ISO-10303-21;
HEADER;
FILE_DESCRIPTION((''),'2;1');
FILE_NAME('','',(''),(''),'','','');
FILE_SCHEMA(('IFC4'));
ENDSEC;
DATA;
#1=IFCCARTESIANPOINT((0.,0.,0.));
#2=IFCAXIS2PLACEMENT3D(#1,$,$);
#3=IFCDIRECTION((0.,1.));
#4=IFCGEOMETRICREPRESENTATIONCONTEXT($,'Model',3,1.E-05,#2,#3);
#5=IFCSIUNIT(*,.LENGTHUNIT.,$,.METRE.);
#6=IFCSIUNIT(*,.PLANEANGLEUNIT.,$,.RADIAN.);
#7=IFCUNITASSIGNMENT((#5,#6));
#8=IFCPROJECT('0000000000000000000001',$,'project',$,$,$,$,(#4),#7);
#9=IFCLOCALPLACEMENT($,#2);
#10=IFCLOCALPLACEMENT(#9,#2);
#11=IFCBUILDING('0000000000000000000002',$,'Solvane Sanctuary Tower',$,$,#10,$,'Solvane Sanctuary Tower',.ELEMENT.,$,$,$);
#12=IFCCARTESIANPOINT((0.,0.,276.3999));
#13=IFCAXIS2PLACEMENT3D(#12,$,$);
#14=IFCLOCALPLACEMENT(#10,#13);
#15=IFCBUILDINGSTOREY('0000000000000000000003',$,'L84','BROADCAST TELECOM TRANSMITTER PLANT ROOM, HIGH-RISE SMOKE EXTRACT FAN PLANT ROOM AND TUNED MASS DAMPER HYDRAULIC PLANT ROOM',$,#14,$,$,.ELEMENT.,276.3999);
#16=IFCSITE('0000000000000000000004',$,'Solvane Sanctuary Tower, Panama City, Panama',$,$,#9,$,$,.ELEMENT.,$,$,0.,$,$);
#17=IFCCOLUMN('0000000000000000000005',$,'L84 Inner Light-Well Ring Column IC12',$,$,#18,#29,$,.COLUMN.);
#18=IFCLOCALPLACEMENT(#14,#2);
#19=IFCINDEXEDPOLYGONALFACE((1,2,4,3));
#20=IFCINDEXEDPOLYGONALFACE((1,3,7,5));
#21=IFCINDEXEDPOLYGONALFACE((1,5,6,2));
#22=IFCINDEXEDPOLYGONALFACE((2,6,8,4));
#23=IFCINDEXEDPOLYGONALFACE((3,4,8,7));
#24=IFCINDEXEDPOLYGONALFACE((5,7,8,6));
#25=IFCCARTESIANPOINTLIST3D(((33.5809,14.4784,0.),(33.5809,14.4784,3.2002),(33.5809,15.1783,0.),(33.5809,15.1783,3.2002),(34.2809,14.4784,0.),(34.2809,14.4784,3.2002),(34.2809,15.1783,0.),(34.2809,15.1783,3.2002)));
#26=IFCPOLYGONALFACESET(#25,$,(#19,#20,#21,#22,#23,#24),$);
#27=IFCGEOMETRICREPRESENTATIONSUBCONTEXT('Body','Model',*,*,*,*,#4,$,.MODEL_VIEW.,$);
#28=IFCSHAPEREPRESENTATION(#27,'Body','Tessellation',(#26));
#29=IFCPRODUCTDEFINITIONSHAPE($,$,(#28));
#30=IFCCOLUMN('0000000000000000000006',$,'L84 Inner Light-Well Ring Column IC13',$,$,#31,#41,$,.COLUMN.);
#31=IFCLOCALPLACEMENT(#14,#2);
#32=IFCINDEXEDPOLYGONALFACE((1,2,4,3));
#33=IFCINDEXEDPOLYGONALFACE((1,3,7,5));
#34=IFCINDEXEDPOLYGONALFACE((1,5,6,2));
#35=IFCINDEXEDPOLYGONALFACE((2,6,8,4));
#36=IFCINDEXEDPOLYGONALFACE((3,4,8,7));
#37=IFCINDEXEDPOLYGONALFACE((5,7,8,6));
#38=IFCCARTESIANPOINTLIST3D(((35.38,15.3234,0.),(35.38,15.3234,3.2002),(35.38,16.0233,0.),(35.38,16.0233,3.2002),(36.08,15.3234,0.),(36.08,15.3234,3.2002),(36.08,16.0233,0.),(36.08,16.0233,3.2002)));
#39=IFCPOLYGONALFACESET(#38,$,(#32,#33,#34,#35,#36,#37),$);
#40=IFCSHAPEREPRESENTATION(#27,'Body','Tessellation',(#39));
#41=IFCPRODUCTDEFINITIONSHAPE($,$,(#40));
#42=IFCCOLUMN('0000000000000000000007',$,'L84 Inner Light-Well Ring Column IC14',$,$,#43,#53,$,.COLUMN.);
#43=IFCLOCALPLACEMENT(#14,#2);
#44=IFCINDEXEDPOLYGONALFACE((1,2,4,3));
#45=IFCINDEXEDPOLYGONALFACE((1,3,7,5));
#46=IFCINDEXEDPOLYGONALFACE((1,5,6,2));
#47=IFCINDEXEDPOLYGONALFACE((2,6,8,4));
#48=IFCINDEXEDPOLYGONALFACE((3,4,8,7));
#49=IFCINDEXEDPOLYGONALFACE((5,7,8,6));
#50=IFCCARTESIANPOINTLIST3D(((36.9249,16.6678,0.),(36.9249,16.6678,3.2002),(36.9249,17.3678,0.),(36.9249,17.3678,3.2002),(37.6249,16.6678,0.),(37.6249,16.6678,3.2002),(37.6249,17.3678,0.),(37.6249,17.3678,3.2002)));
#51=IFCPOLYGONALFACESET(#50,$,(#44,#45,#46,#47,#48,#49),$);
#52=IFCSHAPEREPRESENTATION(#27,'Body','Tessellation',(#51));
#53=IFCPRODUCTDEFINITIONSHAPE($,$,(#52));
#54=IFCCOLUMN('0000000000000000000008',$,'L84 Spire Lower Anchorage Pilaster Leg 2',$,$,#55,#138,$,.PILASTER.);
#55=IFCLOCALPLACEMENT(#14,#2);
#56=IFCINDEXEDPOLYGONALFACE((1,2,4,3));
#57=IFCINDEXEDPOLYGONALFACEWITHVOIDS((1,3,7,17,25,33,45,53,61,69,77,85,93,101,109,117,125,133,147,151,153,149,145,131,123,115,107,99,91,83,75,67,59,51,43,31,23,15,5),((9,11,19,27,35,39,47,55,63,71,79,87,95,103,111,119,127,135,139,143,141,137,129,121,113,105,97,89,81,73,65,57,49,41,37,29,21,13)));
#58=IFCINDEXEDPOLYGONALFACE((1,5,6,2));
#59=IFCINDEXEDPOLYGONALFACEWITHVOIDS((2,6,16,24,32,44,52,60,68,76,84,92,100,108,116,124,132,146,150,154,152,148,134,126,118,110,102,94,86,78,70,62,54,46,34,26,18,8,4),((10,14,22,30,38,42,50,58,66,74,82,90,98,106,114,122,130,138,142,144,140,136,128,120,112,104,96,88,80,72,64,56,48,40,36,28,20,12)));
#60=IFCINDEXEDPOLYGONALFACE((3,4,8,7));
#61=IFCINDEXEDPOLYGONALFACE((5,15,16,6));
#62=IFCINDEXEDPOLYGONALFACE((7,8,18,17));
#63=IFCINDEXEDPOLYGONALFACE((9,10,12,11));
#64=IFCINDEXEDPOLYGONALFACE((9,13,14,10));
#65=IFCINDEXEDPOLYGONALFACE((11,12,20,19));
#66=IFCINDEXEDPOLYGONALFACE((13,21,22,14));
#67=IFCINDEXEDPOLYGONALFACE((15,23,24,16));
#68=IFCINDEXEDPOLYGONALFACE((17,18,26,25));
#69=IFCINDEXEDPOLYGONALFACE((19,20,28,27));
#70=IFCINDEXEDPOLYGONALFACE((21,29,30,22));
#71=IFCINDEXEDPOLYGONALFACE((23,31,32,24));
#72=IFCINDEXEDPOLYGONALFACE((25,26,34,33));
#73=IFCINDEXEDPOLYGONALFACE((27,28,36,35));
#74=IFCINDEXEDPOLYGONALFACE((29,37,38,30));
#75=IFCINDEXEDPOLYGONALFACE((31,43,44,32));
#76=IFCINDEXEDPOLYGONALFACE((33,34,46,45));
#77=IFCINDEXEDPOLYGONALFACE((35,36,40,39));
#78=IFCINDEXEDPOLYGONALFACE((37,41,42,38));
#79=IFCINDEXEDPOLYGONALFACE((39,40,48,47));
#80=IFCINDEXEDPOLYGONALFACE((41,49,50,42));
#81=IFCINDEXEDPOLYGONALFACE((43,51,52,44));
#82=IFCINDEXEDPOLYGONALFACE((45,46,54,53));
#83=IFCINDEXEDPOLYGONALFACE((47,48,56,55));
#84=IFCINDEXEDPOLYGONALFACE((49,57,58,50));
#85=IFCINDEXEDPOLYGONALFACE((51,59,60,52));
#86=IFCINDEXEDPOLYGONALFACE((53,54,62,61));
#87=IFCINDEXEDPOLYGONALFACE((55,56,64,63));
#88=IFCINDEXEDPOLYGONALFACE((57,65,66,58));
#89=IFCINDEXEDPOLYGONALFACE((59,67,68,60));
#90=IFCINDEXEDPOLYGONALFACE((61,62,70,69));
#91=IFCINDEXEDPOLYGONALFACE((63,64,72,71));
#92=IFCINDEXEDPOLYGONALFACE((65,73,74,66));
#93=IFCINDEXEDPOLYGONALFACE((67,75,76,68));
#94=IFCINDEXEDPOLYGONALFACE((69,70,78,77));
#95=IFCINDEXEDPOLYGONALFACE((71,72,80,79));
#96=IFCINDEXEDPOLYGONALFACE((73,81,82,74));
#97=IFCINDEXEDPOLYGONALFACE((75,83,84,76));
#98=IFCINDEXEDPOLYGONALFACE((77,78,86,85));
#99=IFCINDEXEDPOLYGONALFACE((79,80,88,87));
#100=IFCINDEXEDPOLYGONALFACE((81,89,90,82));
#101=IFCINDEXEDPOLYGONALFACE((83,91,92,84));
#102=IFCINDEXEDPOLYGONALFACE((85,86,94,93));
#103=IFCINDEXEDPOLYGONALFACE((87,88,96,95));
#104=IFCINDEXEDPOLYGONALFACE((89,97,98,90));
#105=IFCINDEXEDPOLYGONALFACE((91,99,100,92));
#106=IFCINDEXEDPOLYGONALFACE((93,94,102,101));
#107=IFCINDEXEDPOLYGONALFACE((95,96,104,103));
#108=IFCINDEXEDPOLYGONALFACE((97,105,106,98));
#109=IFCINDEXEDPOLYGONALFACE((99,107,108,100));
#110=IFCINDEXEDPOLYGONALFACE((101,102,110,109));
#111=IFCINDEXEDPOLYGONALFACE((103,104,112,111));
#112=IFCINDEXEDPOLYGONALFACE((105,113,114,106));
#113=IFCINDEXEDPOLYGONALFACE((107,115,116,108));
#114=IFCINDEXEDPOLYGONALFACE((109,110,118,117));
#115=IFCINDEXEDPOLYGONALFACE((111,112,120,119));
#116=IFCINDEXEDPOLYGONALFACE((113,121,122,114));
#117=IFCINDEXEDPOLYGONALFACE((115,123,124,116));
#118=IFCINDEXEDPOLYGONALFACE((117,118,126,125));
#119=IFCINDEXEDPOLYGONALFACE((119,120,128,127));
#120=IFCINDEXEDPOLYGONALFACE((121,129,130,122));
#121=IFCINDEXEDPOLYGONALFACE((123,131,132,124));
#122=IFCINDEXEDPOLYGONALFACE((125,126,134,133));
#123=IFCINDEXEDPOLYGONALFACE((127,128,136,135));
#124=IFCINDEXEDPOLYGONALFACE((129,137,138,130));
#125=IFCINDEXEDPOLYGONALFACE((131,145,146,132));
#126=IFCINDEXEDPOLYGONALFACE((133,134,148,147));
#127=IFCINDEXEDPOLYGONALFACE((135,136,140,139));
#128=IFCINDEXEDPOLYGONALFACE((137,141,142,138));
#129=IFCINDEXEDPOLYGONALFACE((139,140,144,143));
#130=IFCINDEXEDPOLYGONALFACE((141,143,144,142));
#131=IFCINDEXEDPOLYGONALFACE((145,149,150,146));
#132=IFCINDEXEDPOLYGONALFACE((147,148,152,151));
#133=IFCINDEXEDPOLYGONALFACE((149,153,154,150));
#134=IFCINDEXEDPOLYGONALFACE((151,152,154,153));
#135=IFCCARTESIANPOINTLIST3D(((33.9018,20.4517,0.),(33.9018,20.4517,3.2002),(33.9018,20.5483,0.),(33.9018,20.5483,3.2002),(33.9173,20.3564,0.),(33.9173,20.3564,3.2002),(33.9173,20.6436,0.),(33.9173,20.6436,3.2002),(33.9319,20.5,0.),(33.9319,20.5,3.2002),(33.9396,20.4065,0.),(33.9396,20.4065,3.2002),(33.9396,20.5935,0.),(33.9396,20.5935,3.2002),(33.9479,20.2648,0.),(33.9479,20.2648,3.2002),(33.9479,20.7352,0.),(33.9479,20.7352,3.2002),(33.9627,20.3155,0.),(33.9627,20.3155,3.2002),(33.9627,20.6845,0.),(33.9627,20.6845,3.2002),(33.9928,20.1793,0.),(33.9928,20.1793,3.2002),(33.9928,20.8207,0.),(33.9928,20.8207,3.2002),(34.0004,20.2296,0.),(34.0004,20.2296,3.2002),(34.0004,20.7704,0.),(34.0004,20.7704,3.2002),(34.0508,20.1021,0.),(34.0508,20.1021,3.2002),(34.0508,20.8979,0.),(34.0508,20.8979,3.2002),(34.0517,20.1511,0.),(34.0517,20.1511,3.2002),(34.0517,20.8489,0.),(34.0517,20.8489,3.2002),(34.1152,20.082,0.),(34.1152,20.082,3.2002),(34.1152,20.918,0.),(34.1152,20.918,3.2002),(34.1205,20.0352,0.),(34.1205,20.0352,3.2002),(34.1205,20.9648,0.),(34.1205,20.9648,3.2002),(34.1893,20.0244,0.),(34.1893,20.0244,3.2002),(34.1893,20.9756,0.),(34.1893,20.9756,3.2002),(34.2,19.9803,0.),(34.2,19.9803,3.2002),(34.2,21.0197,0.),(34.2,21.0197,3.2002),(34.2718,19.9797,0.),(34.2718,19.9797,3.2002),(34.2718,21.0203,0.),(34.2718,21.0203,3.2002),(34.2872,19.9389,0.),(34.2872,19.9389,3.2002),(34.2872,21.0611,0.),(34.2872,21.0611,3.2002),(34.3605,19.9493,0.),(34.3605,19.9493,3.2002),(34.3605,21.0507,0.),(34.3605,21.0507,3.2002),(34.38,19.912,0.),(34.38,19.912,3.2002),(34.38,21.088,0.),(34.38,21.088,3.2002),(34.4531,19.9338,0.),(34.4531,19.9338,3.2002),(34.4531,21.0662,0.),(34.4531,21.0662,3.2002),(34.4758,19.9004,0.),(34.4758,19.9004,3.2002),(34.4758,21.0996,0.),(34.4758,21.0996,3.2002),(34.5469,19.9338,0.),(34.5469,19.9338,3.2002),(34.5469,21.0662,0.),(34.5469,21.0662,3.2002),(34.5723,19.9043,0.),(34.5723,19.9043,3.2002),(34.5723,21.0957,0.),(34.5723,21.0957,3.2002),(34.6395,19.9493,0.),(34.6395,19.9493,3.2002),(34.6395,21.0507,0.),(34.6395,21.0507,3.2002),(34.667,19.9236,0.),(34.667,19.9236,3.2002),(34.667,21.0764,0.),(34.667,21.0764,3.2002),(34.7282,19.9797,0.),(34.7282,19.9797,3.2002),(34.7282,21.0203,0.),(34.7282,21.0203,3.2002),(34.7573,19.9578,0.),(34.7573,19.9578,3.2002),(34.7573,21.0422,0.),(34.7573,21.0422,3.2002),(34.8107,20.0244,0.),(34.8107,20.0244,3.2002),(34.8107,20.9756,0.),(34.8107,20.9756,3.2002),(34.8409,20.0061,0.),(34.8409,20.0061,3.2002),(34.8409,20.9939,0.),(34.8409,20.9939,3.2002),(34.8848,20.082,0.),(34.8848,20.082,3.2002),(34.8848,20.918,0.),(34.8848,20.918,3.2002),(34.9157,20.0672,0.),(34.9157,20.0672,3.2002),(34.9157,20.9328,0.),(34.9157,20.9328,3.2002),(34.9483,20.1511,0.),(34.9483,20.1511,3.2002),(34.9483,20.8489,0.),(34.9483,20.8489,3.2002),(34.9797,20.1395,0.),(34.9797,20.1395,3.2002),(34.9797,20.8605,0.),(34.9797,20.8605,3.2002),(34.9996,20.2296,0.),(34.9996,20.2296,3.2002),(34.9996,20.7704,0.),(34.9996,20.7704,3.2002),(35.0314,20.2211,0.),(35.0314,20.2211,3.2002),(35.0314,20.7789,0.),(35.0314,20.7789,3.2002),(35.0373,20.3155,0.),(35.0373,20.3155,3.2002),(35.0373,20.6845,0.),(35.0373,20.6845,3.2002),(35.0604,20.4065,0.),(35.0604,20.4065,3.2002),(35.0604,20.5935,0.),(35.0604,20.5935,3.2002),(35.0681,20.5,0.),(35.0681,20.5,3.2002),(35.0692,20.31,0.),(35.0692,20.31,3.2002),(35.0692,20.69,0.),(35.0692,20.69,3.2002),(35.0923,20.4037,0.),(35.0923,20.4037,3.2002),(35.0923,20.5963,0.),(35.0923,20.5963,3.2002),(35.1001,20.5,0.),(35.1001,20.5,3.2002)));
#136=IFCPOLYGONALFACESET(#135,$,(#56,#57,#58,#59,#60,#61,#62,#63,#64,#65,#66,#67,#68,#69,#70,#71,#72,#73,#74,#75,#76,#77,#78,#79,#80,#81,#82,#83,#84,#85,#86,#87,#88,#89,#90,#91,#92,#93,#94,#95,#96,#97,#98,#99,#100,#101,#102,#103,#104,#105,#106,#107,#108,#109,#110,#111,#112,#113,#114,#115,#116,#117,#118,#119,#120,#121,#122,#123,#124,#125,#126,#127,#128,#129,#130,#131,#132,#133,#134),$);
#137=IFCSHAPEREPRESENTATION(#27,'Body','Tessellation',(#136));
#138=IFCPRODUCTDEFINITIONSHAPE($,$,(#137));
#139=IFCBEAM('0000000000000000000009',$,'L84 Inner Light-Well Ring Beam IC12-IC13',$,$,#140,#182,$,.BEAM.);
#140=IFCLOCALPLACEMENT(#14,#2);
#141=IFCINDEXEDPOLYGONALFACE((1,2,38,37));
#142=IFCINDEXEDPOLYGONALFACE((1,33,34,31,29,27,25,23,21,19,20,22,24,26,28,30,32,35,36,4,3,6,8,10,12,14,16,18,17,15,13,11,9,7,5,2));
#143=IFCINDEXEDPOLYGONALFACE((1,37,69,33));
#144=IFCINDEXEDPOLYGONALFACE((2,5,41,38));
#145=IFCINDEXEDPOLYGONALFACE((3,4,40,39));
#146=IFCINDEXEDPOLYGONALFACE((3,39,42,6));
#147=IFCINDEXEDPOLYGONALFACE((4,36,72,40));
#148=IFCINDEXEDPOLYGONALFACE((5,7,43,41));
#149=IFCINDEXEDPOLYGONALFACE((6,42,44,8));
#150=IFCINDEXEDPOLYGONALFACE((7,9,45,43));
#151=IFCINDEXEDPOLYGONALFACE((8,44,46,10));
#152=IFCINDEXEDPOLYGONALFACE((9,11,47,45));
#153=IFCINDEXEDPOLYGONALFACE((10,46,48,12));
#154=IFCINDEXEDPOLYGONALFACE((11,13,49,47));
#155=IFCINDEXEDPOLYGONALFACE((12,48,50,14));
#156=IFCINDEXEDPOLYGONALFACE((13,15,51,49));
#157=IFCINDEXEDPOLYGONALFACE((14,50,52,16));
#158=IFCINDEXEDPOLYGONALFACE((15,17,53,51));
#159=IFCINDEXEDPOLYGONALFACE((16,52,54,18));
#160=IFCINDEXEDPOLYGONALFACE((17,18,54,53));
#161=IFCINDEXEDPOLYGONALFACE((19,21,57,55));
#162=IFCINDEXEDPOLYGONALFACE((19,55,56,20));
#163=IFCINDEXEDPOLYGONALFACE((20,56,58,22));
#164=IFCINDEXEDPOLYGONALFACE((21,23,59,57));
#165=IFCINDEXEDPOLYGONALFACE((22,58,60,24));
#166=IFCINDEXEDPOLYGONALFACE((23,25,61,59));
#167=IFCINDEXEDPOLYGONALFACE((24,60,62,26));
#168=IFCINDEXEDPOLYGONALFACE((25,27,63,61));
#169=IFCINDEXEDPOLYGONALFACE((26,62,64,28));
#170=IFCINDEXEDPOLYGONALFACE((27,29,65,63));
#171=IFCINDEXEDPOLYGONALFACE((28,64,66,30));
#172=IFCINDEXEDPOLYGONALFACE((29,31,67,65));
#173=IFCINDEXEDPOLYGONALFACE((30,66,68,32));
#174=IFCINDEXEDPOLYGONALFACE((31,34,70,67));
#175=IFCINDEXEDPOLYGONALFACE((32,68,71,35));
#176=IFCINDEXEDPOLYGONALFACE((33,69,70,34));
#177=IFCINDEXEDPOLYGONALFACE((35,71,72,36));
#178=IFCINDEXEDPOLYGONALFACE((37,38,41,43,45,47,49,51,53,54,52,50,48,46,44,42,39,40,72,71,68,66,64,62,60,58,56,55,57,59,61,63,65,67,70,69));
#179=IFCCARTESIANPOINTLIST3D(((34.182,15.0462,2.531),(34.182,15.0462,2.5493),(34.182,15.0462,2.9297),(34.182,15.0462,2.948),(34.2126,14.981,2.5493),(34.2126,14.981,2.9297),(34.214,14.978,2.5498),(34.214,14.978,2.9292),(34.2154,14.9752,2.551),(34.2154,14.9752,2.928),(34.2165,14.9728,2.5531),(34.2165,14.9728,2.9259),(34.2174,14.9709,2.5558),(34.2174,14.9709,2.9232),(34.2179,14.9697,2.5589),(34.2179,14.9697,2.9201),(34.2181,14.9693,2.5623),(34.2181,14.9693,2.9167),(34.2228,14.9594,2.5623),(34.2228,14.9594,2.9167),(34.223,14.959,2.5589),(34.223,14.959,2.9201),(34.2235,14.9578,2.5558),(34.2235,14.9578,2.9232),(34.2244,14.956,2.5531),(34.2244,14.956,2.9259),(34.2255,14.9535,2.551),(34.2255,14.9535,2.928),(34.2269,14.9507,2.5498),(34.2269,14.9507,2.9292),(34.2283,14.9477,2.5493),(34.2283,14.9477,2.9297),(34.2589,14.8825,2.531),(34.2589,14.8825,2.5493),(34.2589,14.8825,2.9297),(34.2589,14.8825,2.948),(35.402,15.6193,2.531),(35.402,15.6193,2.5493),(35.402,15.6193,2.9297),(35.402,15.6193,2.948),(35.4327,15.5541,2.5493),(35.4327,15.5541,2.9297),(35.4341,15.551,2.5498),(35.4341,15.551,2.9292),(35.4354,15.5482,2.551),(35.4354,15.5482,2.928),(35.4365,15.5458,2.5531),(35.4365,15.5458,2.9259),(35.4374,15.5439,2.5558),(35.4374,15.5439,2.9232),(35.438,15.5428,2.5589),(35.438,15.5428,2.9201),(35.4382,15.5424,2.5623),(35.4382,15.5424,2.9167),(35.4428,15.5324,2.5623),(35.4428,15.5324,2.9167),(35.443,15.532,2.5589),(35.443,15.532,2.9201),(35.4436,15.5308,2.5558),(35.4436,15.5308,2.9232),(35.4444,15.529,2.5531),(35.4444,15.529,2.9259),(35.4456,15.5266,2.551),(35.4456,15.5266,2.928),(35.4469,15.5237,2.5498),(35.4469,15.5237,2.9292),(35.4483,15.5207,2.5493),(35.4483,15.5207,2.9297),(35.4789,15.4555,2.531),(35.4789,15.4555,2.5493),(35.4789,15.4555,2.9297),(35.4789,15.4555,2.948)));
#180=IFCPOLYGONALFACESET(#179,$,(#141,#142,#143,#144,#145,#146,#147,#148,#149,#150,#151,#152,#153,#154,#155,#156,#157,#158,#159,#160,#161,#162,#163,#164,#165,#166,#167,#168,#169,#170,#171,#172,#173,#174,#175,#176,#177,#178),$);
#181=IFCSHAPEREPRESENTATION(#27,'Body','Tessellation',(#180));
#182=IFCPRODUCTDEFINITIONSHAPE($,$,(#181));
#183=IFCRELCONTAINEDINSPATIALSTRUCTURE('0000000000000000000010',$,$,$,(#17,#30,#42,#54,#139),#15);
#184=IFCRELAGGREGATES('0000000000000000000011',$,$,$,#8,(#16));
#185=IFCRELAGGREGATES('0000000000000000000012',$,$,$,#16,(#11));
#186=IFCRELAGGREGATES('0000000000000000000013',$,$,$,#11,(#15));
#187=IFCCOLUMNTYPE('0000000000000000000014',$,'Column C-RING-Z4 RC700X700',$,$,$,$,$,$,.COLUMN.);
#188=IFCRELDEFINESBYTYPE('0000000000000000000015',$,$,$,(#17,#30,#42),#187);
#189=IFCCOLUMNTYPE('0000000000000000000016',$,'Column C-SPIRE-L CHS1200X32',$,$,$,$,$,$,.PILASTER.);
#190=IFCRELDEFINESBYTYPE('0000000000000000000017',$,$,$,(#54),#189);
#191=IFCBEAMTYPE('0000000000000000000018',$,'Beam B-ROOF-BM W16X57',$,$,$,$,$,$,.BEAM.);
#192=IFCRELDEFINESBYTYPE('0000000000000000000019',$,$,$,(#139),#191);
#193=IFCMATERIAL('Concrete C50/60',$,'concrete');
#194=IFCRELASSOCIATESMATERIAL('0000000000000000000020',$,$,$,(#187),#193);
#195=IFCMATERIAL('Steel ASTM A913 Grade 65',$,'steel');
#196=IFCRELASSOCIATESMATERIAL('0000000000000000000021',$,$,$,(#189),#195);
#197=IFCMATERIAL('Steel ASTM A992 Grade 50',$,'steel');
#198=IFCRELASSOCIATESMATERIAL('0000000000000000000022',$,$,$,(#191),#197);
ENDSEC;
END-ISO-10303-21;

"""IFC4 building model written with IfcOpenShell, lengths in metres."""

from ifc_helpers import new_model, si_unit, direction, frame, origin, origin_2d, place, context, subcontext, project, spatial, rectangle, hollow_circle, i_section, extrude, material, material_profile, profile_set, type_object, element, save


model = new_model("IFC4")

# Units and contexts
model_context = context("Model", 3, precision=1e-05, world=origin(), true_north=direction((0.0, 1.0)))
body_context = subcontext(model_context, "Body", "Model", "MODEL_VIEW")
ifc_project = project(units=[si_unit("LENGTHUNIT", "METRE"), si_unit("PLANEANGLEUNIT", "RADIAN")], contexts=[model_context])

# Site, building, storey
site_placement = place(None, origin())
site = spatial("IfcSite", under=ifc_project, at=site_placement, Name="Solvane Sanctuary Tower, Panama City, Panama", CompositionType="ELEMENT", RefElevation=0.0)
building_placement = place(site_placement, origin())
building = spatial("IfcBuilding", under=site, at=building_placement, Name="Solvane Sanctuary Tower", LongName="Solvane Sanctuary Tower", CompositionType="ELEMENT")
storey_placement = place(building_placement, frame((0.0, 0.0, 276.3999)))
storey = spatial("IfcBuildingStorey", under=building, at=storey_placement, Name="L84", Description="BROADCAST TELECOM TRANSMITTER PLANT ROOM, HIGH-RISE SMOKE EXTRACT FAN PLANT ROOM AND TUNED MASS DAMPER HYDRAULIC PLANT ROOM", CompositionType="ELEMENT", Elevation=276.3999)

# Columns
ifc_material_1 = material(Name="Concrete C50/60", Category="concrete")
ifc_material_profile_1 = material_profile(ifc_material_1, rectangle(XDim=0.7, YDim=0.7, at=origin_2d()), Name="RC700X700")
ifc_profile_set_1 = profile_set([ifc_material_profile_1], Name="Concrete C50/60")
column_type_1 = type_object("IfcColumnType", Name="Column C-RING-Z4 RC700X700", PredefinedType="COLUMN", material=ifc_profile_set_1)
for number, where, z_axis, x_axis, name in (
    (1, (33.9309, 14.8284, 0.0), (0.0, 0.0, 1.0), (1.0, 0.0, 0.0), "L84 Inner Light-Well Ring Column IC12"),
    (2, (35.73, 15.6733, 0.0), (0.0, 0.0, 1.0), (1.0, 0.0, 0.0), "L84 Inner Light-Well Ring Column IC13"),
    (3, (37.2749, 17.0178, 0.0), (0.0, 0.0, 1.0), (1.0, 0.0, 0.0), "L84 Inner Light-Well Ring Column IC14"),
):
    element("IfcColumn", number, at=place(storey_placement, frame(where, z_axis=z_axis, x_axis=x_axis)), inside=storey, type_object=column_type_1, Name=name, PredefinedType="COLUMN", context=body_context, shape_type="SweptSolid", body=[
        extrude(rectangle(XDim=0.7, YDim=0.7, at=origin_2d()), origin(), (0.0, 0.0, 1.0), 3.2002),
    ])
ifc_material_2 = material(Name="Steel ASTM A913 Grade 65", Category="steel")
ifc_material_profile_2 = material_profile(ifc_material_2, hollow_circle(Radius=0.6001, WallThickness=0.032, at=origin_2d()), Name="CHS1200X32")
ifc_profile_set_2 = profile_set([ifc_material_profile_2], Name="Steel ASTM A913 Grade 65")
column_type_2 = type_object("IfcColumnType", Name="Column C-SPIRE-L CHS1200X32", PredefinedType="PILASTER", material=ifc_profile_set_2)
column_placement = place(storey_placement, frame((34.5, 20.5, 0.0), z_axis=(0.0, 0.0, 1.0), x_axis=(1.0, 0.0, 0.0)))
element("IfcColumn", 4, at=column_placement, inside=storey, type_object=column_type_2, Name="L84 Spire Lower Anchorage Pilaster Leg 2", PredefinedType="PILASTER", context=body_context, shape_type="SweptSolid", body=[
    extrude(hollow_circle(Radius=0.6001, WallThickness=0.032, at=origin_2d()), origin(), (0.0, 0.0, 1.0), 3.2002),
])

# Beam
ifc_material_3 = material(Name="Steel ASTM A992 Grade 50", Category="steel")
ifc_material_profile_3 = material_profile(ifc_material_3, i_section(OverallWidth=0.1809, OverallDepth=0.417, WebThickness=0.011, FlangeThickness=0.0183, FilletRadius=0.0129, at=origin_2d()), Name="W16X57")
ifc_profile_set_3 = profile_set([ifc_material_profile_3], Name="Steel ASTM A992 Grade 50")
beam_type_1 = type_object("IfcBeamType", Name="Beam B-ROOF-BM W16X57", PredefinedType="BEAM", material=ifc_profile_set_3)
beam_1_placement = place(storey_placement, frame((34.2205, 14.9644, 2.7395), z_axis=(0.905135, 0.425125, 0.0), x_axis=(-0.425125, 0.905135, 0.0)))
element("IfcBeam", 5, at=beam_1_placement, inside=storey, type_object=beam_type_1, Name="L84 Inner Light-Well Ring Beam IC12-IC13", PredefinedType="BEAM", context=body_context, shape_type="SweptSolid", body=[
    extrude(i_section(OverallWidth=0.1809, OverallDepth=0.417, WebThickness=0.011, FlangeThickness=0.0183, FilletRadius=0.0129, at=origin_2d()), origin(), (0.0, 0.0, 1.0), 1.3479),
])

save(model, "model.ifc")
